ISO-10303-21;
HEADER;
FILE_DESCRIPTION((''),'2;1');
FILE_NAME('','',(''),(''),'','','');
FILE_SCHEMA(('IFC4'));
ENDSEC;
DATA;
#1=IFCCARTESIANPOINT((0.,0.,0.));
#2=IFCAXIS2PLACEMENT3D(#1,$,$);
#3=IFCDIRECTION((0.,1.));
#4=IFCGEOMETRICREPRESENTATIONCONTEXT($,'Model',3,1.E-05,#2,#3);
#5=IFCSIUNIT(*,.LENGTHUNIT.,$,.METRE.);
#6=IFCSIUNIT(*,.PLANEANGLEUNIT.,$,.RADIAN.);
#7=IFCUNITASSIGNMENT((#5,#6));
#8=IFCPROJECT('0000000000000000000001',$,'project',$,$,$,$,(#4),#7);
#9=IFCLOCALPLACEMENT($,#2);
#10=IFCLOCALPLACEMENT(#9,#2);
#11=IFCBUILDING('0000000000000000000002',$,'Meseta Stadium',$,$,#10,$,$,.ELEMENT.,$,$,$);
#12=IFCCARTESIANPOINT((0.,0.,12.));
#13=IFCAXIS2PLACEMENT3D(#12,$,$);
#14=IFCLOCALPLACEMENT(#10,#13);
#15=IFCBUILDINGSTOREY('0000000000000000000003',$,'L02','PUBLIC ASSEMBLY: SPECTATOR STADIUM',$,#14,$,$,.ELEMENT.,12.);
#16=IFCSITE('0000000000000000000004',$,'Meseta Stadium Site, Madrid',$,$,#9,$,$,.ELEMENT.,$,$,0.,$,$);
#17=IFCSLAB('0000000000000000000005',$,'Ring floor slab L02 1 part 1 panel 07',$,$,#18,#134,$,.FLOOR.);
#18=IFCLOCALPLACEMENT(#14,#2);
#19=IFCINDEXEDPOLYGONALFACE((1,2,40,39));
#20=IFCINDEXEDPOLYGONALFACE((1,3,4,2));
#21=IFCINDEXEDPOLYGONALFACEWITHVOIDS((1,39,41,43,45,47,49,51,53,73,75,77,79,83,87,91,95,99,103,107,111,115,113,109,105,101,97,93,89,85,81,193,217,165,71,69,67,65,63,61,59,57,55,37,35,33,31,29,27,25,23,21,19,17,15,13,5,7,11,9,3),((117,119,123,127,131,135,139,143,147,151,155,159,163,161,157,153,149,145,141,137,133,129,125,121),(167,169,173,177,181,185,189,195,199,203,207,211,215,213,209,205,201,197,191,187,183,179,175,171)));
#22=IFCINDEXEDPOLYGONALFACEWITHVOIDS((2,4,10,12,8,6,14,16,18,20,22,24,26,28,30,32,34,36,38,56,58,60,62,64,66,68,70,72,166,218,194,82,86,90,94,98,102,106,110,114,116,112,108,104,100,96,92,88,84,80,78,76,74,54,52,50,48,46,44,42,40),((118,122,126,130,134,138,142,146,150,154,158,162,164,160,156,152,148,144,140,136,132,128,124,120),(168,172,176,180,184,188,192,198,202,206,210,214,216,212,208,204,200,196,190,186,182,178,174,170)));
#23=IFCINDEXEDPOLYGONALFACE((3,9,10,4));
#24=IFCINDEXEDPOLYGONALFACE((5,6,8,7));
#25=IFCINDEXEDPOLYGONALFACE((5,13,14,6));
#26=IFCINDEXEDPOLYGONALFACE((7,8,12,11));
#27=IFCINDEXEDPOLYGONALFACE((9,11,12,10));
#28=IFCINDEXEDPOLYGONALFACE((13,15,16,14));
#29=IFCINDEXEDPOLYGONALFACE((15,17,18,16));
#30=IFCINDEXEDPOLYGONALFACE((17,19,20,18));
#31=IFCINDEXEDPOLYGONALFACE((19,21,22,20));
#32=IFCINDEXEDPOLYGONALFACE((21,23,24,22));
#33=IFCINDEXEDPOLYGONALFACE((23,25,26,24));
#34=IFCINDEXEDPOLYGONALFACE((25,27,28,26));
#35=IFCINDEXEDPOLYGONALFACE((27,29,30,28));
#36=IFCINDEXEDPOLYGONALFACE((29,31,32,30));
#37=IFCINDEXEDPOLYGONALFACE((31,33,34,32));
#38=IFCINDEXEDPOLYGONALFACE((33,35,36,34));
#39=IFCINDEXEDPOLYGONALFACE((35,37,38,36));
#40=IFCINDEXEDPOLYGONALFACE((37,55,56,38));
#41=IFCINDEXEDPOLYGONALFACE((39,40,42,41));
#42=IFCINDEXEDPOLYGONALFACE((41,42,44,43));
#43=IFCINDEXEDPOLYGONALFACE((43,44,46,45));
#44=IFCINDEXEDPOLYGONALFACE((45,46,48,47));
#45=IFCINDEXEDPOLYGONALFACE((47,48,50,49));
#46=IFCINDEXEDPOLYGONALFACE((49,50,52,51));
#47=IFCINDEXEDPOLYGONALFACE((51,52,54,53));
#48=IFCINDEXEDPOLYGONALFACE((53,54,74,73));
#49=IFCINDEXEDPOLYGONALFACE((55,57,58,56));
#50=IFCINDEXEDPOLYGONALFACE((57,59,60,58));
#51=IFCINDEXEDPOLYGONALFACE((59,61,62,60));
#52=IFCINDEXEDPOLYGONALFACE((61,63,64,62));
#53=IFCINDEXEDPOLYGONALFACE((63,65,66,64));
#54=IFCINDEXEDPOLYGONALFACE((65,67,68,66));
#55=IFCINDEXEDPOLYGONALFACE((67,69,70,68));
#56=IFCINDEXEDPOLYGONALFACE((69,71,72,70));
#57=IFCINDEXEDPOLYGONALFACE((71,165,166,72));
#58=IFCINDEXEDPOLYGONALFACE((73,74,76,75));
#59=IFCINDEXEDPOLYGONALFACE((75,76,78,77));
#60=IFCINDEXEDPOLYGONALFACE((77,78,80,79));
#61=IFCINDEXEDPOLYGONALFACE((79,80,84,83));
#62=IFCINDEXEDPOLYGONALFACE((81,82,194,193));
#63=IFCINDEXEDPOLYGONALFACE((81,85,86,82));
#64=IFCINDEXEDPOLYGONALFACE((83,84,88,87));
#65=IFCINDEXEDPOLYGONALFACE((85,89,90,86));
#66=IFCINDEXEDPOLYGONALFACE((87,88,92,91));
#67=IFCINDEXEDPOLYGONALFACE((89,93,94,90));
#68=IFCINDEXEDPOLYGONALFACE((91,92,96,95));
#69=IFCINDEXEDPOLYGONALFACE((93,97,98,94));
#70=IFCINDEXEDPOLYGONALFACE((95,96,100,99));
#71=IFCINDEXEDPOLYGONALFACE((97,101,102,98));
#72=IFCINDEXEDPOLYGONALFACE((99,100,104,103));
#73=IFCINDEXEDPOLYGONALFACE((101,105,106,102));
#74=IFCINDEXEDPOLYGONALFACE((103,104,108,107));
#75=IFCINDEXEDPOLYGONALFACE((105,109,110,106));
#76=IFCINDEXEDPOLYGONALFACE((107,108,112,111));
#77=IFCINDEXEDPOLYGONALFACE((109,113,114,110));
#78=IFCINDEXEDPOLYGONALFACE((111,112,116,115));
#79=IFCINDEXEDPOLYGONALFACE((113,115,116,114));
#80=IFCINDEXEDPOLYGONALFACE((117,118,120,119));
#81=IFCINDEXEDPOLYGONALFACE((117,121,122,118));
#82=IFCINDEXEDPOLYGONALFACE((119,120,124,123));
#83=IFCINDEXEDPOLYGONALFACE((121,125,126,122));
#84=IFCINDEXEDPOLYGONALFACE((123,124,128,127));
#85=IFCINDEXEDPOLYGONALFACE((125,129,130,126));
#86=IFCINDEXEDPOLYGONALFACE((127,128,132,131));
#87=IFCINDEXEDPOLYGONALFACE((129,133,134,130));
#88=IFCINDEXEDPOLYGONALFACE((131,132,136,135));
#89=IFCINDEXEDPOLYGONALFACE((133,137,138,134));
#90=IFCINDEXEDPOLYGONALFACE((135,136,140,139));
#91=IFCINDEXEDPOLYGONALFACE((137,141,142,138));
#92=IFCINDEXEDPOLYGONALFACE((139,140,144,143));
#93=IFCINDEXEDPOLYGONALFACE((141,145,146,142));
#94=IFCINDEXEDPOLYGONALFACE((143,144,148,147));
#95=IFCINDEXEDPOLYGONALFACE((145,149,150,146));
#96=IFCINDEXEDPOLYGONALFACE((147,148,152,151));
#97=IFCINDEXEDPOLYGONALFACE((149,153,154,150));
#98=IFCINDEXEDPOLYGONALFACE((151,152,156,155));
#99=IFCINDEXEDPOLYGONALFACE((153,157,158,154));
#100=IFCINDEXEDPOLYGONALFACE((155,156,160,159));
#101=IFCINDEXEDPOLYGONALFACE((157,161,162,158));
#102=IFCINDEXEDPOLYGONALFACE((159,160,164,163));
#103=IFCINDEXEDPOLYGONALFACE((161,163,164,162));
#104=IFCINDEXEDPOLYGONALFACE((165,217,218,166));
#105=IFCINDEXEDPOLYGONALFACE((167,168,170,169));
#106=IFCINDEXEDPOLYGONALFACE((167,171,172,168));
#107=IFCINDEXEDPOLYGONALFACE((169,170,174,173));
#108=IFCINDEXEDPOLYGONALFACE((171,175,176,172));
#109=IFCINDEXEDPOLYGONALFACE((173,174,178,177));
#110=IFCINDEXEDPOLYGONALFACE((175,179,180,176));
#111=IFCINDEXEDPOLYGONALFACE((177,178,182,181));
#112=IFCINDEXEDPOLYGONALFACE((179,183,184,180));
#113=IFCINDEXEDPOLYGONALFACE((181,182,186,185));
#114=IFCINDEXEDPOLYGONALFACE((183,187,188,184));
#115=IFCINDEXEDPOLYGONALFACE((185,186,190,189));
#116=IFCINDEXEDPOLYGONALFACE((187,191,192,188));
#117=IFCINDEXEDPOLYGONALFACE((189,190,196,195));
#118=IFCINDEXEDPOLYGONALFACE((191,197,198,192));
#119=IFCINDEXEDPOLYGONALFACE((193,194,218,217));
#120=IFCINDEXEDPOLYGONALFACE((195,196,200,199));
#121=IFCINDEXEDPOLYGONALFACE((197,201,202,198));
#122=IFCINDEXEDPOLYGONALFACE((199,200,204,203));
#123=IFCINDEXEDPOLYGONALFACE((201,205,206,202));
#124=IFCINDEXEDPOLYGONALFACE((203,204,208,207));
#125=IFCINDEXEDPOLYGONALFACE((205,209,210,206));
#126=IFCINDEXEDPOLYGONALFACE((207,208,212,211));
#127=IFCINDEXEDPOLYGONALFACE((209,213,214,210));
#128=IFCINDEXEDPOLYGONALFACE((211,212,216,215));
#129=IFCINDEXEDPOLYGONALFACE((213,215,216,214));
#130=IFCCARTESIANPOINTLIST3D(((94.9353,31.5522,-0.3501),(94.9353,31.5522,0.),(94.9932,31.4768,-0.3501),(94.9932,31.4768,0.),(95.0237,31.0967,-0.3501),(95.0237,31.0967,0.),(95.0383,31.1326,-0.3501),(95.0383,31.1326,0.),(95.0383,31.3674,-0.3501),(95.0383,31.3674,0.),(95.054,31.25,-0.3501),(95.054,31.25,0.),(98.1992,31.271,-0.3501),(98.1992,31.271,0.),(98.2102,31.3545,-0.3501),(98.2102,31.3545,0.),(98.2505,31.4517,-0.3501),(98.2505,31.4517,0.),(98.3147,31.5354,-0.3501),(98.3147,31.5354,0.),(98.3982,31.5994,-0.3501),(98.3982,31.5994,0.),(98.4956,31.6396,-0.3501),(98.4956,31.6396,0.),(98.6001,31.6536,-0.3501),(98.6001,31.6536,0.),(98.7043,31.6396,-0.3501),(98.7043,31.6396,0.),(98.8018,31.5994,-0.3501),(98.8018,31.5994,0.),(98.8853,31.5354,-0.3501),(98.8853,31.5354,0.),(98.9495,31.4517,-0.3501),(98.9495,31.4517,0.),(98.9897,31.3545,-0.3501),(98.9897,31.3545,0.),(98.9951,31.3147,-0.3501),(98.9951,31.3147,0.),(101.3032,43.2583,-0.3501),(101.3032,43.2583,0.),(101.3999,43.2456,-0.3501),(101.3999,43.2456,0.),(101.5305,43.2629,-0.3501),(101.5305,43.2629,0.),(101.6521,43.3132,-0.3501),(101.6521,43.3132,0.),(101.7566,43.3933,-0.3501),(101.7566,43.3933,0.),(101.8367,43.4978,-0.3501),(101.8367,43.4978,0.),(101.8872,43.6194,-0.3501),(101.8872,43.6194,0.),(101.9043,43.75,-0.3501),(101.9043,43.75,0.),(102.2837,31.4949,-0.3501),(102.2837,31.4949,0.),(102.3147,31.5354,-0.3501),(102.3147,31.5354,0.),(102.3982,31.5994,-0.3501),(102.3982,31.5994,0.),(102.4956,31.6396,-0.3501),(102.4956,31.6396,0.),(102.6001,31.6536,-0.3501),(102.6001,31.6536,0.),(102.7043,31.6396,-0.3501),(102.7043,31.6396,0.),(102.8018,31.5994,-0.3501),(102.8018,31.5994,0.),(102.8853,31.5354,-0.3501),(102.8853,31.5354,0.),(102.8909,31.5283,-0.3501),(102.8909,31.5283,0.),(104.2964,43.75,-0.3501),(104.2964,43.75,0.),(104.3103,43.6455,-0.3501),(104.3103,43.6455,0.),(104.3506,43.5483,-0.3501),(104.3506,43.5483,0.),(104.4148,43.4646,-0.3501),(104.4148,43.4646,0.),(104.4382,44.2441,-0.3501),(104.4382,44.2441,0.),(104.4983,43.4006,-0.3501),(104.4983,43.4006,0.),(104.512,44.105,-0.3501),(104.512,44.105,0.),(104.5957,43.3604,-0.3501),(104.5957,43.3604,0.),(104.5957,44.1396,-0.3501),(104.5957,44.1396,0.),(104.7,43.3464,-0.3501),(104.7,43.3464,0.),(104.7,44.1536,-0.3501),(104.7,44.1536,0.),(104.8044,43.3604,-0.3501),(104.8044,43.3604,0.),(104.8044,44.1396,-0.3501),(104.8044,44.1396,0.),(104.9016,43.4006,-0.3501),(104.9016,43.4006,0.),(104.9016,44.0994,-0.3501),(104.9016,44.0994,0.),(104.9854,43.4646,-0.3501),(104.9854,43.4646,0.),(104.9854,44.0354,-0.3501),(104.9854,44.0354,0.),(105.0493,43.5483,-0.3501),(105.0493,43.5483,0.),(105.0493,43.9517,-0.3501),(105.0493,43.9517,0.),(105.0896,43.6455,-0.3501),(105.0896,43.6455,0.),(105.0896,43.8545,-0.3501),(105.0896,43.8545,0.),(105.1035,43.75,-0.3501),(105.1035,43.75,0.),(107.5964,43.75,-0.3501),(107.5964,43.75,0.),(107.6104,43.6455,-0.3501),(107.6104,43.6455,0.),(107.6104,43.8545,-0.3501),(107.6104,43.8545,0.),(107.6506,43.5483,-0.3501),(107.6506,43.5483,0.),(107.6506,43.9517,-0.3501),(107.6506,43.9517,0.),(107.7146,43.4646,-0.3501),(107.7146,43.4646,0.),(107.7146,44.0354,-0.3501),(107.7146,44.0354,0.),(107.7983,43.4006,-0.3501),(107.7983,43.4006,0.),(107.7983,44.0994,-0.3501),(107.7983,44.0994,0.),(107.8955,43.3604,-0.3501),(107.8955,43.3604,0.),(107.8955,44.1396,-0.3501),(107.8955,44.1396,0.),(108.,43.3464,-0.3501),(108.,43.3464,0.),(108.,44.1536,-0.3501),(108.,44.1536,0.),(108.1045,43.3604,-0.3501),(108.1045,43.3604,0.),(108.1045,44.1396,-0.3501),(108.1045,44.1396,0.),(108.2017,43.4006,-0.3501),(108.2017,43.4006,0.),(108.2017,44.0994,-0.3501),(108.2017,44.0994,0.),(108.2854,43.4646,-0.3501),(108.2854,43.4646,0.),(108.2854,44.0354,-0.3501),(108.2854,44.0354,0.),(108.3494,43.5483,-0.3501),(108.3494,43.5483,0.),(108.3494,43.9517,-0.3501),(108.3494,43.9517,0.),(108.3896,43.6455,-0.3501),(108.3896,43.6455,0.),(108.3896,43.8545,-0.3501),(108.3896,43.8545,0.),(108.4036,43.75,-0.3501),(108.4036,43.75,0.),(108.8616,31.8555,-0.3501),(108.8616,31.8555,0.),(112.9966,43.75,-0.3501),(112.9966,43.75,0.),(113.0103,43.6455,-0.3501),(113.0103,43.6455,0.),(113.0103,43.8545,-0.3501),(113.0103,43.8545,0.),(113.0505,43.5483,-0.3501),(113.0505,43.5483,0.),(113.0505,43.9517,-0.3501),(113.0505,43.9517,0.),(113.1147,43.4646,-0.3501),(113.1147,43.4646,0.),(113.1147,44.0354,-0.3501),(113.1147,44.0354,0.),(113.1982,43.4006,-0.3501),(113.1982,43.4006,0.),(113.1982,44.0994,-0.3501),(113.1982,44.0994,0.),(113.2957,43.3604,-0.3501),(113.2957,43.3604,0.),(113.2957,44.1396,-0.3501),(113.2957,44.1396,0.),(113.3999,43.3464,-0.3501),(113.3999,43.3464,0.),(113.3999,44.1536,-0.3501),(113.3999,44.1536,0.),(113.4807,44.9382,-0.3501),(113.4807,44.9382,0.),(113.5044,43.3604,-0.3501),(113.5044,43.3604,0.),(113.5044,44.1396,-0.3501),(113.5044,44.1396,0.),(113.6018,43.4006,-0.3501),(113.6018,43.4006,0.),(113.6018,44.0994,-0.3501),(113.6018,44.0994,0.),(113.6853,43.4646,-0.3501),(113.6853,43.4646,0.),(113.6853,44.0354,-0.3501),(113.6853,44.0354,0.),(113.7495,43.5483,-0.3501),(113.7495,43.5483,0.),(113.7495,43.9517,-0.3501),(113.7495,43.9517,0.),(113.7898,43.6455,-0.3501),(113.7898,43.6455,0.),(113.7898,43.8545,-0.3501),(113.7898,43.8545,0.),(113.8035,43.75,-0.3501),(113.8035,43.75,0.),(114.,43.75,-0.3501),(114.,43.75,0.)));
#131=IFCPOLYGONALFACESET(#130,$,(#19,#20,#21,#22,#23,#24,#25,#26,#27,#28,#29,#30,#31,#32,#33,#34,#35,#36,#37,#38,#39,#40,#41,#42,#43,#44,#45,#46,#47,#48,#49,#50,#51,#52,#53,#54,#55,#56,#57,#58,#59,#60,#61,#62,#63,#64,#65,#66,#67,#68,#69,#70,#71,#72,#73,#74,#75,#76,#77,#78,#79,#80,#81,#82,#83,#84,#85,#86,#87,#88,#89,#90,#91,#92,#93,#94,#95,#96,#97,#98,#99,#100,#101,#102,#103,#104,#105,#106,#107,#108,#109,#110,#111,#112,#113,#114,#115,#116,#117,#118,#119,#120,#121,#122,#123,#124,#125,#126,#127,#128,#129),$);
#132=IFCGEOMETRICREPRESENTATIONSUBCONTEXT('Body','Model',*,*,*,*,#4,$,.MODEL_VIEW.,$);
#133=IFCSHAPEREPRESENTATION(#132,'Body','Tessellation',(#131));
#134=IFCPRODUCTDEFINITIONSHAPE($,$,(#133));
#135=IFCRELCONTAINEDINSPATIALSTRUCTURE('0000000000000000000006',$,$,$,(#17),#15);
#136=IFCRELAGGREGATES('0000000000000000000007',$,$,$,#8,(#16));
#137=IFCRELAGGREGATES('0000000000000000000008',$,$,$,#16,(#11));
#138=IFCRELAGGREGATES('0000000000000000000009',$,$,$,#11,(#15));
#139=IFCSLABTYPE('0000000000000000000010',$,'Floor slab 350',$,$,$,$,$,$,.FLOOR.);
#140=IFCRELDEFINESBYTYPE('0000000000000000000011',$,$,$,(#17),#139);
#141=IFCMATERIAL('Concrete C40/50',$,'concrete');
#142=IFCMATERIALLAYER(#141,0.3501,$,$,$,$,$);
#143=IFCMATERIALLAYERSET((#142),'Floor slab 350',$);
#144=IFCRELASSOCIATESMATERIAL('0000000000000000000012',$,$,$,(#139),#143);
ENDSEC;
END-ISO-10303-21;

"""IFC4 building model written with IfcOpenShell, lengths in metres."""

from ifc_helpers import new_model, si_unit, direction, frame, origin, place, context, subcontext, project, spatial, polyline, outline, extrude, material, layer, layer_set, type_object, element, save


model = new_model("IFC4")

# Units and contexts
model_context = context("Model", 3, precision=1e-05, world=origin(), true_north=direction((0.0, 1.0)))
body_context = subcontext(model_context, "Body", "Model", "MODEL_VIEW")
ifc_project = project(units=[si_unit("LENGTHUNIT", "METRE"), si_unit("PLANEANGLEUNIT", "RADIAN")], contexts=[model_context])

# Site, building, storey
site_placement = place(None, origin())
site = spatial("IfcSite", under=ifc_project, at=site_placement, Name="Meseta Stadium Site, Madrid", CompositionType="ELEMENT", RefElevation=0.0)
building_placement = place(site_placement, origin())
building = spatial("IfcBuilding", under=site, at=building_placement, Name="Meseta Stadium", CompositionType="ELEMENT")
storey_placement = place(building_placement, frame((0.0, 0.0, 12.0)))
storey = spatial("IfcBuildingStorey", under=building, at=storey_placement, Name="L02", Description="PUBLIC ASSEMBLY: SPECTATOR STADIUM", CompositionType="ELEMENT", Elevation=12.0)

# Slab
ifc_material_1 = material(Name="Concrete C40/50", Category="concrete")
ifc_layer_1 = layer(ifc_material_1, 0.3501)
ifc_layer_set_1 = layer_set([ifc_layer_1], Name="Floor slab 350")
slab_type_1 = type_object("IfcSlabType", Name="Floor slab 350", PredefinedType="FLOOR", material=ifc_layer_set_1)
slab_1_placement = place(storey_placement, frame((0.0, 0.0, -0.3501)))
element("IfcSlab", 1, at=slab_1_placement, inside=storey, type_object=slab_type_1, Name="Ring floor slab L02 1 part 1 panel 07", PredefinedType="FLOOR", context=body_context, shape_type="SweptSolid", body=[
    extrude(outline(polyline([(101.9043, 43.75), (101.8872, 43.6194), (101.8367, 43.4978), (101.7566, 43.3933), (101.6521, 43.3132), (101.5305, 43.2629), (101.3999, 43.2456), (101.3032, 43.2583), (94.9353, 31.5522), (94.9932, 31.4768), (95.0383, 31.3674), (95.054, 31.25), (95.0383, 31.1326), (95.0237, 31.0967), (98.1992, 31.271), (98.2102, 31.3545), (98.2505, 31.4517), (98.3147, 31.5354), (98.3982, 31.5994), (98.4956, 31.6396), (98.6001, 31.6536), (98.7043, 31.6396), (98.8018, 31.5994), (98.8853, 31.5354), (98.9495, 31.4517), (98.9897, 31.3545), (98.9951, 31.3147), (102.2837, 31.4949), (102.3147, 31.5354), (102.3982, 31.5994), (102.4956, 31.6396), (102.6001, 31.6536), (102.7043, 31.6396), (102.8018, 31.5994), (102.8853, 31.5354), (102.8909, 31.5283), (108.8616, 31.8555), (114.0, 43.75), (113.4807, 44.9382), (104.4382, 44.2441), (104.512, 44.105), (104.5957, 44.1396), (104.7, 44.1536), (104.8044, 44.1396), (104.9016, 44.0994), (104.9854, 44.0354), (105.0493, 43.9517), (105.0896, 43.8545), (105.1035, 43.75), (105.0896, 43.6455), (105.0493, 43.5483), (104.9854, 43.4646), (104.9016, 43.4006), (104.8044, 43.3604), (104.7, 43.3464), (104.5957, 43.3604), (104.4983, 43.4006), (104.4148, 43.4646), (104.3506, 43.5483), (104.3103, 43.6455), (104.2964, 43.75), (101.9043, 43.75)]), holes=[polyline([(113.1147, 44.0354), (113.1982, 44.0994), (113.2957, 44.1396), (113.3999, 44.1536), (113.5044, 44.1396), (113.6018, 44.0994), (113.6853, 44.0354), (113.7495, 43.9517), (113.7898, 43.8545), (113.8035, 43.75), (113.7898, 43.6455), (113.7495, 43.5483), (113.6853, 43.4646), (113.6018, 43.4006), (113.5044, 43.3604), (113.3999, 43.3464), (113.2957, 43.3604), (113.1982, 43.4006), (113.1147, 43.4646), (113.0505, 43.5483), (113.0103, 43.6455), (112.9966, 43.75), (113.0103, 43.8545), (113.0505, 43.9517), (113.1147, 44.0354)]), polyline([(108.2017, 44.0994), (108.2854, 44.0354), (108.3494, 43.9517), (108.3896, 43.8545), (108.4036, 43.75), (108.3896, 43.6455), (108.3494, 43.5483), (108.2854, 43.4646), (108.2017, 43.4006), (108.1045, 43.3604), (108.0, 43.3464), (107.8955, 43.3604), (107.7983, 43.4006), (107.7146, 43.4646), (107.6506, 43.5483), (107.6104, 43.6455), (107.5964, 43.75), (107.6104, 43.8545), (107.6506, 43.9517), (107.7146, 44.0354), (107.7983, 44.0994), (107.8955, 44.1396), (108.0, 44.1536), (108.1045, 44.1396), (108.2017, 44.0994)])]), origin(), (0.0, 0.0, 1.0), 0.3501),
])

save(model, "model.ifc")
